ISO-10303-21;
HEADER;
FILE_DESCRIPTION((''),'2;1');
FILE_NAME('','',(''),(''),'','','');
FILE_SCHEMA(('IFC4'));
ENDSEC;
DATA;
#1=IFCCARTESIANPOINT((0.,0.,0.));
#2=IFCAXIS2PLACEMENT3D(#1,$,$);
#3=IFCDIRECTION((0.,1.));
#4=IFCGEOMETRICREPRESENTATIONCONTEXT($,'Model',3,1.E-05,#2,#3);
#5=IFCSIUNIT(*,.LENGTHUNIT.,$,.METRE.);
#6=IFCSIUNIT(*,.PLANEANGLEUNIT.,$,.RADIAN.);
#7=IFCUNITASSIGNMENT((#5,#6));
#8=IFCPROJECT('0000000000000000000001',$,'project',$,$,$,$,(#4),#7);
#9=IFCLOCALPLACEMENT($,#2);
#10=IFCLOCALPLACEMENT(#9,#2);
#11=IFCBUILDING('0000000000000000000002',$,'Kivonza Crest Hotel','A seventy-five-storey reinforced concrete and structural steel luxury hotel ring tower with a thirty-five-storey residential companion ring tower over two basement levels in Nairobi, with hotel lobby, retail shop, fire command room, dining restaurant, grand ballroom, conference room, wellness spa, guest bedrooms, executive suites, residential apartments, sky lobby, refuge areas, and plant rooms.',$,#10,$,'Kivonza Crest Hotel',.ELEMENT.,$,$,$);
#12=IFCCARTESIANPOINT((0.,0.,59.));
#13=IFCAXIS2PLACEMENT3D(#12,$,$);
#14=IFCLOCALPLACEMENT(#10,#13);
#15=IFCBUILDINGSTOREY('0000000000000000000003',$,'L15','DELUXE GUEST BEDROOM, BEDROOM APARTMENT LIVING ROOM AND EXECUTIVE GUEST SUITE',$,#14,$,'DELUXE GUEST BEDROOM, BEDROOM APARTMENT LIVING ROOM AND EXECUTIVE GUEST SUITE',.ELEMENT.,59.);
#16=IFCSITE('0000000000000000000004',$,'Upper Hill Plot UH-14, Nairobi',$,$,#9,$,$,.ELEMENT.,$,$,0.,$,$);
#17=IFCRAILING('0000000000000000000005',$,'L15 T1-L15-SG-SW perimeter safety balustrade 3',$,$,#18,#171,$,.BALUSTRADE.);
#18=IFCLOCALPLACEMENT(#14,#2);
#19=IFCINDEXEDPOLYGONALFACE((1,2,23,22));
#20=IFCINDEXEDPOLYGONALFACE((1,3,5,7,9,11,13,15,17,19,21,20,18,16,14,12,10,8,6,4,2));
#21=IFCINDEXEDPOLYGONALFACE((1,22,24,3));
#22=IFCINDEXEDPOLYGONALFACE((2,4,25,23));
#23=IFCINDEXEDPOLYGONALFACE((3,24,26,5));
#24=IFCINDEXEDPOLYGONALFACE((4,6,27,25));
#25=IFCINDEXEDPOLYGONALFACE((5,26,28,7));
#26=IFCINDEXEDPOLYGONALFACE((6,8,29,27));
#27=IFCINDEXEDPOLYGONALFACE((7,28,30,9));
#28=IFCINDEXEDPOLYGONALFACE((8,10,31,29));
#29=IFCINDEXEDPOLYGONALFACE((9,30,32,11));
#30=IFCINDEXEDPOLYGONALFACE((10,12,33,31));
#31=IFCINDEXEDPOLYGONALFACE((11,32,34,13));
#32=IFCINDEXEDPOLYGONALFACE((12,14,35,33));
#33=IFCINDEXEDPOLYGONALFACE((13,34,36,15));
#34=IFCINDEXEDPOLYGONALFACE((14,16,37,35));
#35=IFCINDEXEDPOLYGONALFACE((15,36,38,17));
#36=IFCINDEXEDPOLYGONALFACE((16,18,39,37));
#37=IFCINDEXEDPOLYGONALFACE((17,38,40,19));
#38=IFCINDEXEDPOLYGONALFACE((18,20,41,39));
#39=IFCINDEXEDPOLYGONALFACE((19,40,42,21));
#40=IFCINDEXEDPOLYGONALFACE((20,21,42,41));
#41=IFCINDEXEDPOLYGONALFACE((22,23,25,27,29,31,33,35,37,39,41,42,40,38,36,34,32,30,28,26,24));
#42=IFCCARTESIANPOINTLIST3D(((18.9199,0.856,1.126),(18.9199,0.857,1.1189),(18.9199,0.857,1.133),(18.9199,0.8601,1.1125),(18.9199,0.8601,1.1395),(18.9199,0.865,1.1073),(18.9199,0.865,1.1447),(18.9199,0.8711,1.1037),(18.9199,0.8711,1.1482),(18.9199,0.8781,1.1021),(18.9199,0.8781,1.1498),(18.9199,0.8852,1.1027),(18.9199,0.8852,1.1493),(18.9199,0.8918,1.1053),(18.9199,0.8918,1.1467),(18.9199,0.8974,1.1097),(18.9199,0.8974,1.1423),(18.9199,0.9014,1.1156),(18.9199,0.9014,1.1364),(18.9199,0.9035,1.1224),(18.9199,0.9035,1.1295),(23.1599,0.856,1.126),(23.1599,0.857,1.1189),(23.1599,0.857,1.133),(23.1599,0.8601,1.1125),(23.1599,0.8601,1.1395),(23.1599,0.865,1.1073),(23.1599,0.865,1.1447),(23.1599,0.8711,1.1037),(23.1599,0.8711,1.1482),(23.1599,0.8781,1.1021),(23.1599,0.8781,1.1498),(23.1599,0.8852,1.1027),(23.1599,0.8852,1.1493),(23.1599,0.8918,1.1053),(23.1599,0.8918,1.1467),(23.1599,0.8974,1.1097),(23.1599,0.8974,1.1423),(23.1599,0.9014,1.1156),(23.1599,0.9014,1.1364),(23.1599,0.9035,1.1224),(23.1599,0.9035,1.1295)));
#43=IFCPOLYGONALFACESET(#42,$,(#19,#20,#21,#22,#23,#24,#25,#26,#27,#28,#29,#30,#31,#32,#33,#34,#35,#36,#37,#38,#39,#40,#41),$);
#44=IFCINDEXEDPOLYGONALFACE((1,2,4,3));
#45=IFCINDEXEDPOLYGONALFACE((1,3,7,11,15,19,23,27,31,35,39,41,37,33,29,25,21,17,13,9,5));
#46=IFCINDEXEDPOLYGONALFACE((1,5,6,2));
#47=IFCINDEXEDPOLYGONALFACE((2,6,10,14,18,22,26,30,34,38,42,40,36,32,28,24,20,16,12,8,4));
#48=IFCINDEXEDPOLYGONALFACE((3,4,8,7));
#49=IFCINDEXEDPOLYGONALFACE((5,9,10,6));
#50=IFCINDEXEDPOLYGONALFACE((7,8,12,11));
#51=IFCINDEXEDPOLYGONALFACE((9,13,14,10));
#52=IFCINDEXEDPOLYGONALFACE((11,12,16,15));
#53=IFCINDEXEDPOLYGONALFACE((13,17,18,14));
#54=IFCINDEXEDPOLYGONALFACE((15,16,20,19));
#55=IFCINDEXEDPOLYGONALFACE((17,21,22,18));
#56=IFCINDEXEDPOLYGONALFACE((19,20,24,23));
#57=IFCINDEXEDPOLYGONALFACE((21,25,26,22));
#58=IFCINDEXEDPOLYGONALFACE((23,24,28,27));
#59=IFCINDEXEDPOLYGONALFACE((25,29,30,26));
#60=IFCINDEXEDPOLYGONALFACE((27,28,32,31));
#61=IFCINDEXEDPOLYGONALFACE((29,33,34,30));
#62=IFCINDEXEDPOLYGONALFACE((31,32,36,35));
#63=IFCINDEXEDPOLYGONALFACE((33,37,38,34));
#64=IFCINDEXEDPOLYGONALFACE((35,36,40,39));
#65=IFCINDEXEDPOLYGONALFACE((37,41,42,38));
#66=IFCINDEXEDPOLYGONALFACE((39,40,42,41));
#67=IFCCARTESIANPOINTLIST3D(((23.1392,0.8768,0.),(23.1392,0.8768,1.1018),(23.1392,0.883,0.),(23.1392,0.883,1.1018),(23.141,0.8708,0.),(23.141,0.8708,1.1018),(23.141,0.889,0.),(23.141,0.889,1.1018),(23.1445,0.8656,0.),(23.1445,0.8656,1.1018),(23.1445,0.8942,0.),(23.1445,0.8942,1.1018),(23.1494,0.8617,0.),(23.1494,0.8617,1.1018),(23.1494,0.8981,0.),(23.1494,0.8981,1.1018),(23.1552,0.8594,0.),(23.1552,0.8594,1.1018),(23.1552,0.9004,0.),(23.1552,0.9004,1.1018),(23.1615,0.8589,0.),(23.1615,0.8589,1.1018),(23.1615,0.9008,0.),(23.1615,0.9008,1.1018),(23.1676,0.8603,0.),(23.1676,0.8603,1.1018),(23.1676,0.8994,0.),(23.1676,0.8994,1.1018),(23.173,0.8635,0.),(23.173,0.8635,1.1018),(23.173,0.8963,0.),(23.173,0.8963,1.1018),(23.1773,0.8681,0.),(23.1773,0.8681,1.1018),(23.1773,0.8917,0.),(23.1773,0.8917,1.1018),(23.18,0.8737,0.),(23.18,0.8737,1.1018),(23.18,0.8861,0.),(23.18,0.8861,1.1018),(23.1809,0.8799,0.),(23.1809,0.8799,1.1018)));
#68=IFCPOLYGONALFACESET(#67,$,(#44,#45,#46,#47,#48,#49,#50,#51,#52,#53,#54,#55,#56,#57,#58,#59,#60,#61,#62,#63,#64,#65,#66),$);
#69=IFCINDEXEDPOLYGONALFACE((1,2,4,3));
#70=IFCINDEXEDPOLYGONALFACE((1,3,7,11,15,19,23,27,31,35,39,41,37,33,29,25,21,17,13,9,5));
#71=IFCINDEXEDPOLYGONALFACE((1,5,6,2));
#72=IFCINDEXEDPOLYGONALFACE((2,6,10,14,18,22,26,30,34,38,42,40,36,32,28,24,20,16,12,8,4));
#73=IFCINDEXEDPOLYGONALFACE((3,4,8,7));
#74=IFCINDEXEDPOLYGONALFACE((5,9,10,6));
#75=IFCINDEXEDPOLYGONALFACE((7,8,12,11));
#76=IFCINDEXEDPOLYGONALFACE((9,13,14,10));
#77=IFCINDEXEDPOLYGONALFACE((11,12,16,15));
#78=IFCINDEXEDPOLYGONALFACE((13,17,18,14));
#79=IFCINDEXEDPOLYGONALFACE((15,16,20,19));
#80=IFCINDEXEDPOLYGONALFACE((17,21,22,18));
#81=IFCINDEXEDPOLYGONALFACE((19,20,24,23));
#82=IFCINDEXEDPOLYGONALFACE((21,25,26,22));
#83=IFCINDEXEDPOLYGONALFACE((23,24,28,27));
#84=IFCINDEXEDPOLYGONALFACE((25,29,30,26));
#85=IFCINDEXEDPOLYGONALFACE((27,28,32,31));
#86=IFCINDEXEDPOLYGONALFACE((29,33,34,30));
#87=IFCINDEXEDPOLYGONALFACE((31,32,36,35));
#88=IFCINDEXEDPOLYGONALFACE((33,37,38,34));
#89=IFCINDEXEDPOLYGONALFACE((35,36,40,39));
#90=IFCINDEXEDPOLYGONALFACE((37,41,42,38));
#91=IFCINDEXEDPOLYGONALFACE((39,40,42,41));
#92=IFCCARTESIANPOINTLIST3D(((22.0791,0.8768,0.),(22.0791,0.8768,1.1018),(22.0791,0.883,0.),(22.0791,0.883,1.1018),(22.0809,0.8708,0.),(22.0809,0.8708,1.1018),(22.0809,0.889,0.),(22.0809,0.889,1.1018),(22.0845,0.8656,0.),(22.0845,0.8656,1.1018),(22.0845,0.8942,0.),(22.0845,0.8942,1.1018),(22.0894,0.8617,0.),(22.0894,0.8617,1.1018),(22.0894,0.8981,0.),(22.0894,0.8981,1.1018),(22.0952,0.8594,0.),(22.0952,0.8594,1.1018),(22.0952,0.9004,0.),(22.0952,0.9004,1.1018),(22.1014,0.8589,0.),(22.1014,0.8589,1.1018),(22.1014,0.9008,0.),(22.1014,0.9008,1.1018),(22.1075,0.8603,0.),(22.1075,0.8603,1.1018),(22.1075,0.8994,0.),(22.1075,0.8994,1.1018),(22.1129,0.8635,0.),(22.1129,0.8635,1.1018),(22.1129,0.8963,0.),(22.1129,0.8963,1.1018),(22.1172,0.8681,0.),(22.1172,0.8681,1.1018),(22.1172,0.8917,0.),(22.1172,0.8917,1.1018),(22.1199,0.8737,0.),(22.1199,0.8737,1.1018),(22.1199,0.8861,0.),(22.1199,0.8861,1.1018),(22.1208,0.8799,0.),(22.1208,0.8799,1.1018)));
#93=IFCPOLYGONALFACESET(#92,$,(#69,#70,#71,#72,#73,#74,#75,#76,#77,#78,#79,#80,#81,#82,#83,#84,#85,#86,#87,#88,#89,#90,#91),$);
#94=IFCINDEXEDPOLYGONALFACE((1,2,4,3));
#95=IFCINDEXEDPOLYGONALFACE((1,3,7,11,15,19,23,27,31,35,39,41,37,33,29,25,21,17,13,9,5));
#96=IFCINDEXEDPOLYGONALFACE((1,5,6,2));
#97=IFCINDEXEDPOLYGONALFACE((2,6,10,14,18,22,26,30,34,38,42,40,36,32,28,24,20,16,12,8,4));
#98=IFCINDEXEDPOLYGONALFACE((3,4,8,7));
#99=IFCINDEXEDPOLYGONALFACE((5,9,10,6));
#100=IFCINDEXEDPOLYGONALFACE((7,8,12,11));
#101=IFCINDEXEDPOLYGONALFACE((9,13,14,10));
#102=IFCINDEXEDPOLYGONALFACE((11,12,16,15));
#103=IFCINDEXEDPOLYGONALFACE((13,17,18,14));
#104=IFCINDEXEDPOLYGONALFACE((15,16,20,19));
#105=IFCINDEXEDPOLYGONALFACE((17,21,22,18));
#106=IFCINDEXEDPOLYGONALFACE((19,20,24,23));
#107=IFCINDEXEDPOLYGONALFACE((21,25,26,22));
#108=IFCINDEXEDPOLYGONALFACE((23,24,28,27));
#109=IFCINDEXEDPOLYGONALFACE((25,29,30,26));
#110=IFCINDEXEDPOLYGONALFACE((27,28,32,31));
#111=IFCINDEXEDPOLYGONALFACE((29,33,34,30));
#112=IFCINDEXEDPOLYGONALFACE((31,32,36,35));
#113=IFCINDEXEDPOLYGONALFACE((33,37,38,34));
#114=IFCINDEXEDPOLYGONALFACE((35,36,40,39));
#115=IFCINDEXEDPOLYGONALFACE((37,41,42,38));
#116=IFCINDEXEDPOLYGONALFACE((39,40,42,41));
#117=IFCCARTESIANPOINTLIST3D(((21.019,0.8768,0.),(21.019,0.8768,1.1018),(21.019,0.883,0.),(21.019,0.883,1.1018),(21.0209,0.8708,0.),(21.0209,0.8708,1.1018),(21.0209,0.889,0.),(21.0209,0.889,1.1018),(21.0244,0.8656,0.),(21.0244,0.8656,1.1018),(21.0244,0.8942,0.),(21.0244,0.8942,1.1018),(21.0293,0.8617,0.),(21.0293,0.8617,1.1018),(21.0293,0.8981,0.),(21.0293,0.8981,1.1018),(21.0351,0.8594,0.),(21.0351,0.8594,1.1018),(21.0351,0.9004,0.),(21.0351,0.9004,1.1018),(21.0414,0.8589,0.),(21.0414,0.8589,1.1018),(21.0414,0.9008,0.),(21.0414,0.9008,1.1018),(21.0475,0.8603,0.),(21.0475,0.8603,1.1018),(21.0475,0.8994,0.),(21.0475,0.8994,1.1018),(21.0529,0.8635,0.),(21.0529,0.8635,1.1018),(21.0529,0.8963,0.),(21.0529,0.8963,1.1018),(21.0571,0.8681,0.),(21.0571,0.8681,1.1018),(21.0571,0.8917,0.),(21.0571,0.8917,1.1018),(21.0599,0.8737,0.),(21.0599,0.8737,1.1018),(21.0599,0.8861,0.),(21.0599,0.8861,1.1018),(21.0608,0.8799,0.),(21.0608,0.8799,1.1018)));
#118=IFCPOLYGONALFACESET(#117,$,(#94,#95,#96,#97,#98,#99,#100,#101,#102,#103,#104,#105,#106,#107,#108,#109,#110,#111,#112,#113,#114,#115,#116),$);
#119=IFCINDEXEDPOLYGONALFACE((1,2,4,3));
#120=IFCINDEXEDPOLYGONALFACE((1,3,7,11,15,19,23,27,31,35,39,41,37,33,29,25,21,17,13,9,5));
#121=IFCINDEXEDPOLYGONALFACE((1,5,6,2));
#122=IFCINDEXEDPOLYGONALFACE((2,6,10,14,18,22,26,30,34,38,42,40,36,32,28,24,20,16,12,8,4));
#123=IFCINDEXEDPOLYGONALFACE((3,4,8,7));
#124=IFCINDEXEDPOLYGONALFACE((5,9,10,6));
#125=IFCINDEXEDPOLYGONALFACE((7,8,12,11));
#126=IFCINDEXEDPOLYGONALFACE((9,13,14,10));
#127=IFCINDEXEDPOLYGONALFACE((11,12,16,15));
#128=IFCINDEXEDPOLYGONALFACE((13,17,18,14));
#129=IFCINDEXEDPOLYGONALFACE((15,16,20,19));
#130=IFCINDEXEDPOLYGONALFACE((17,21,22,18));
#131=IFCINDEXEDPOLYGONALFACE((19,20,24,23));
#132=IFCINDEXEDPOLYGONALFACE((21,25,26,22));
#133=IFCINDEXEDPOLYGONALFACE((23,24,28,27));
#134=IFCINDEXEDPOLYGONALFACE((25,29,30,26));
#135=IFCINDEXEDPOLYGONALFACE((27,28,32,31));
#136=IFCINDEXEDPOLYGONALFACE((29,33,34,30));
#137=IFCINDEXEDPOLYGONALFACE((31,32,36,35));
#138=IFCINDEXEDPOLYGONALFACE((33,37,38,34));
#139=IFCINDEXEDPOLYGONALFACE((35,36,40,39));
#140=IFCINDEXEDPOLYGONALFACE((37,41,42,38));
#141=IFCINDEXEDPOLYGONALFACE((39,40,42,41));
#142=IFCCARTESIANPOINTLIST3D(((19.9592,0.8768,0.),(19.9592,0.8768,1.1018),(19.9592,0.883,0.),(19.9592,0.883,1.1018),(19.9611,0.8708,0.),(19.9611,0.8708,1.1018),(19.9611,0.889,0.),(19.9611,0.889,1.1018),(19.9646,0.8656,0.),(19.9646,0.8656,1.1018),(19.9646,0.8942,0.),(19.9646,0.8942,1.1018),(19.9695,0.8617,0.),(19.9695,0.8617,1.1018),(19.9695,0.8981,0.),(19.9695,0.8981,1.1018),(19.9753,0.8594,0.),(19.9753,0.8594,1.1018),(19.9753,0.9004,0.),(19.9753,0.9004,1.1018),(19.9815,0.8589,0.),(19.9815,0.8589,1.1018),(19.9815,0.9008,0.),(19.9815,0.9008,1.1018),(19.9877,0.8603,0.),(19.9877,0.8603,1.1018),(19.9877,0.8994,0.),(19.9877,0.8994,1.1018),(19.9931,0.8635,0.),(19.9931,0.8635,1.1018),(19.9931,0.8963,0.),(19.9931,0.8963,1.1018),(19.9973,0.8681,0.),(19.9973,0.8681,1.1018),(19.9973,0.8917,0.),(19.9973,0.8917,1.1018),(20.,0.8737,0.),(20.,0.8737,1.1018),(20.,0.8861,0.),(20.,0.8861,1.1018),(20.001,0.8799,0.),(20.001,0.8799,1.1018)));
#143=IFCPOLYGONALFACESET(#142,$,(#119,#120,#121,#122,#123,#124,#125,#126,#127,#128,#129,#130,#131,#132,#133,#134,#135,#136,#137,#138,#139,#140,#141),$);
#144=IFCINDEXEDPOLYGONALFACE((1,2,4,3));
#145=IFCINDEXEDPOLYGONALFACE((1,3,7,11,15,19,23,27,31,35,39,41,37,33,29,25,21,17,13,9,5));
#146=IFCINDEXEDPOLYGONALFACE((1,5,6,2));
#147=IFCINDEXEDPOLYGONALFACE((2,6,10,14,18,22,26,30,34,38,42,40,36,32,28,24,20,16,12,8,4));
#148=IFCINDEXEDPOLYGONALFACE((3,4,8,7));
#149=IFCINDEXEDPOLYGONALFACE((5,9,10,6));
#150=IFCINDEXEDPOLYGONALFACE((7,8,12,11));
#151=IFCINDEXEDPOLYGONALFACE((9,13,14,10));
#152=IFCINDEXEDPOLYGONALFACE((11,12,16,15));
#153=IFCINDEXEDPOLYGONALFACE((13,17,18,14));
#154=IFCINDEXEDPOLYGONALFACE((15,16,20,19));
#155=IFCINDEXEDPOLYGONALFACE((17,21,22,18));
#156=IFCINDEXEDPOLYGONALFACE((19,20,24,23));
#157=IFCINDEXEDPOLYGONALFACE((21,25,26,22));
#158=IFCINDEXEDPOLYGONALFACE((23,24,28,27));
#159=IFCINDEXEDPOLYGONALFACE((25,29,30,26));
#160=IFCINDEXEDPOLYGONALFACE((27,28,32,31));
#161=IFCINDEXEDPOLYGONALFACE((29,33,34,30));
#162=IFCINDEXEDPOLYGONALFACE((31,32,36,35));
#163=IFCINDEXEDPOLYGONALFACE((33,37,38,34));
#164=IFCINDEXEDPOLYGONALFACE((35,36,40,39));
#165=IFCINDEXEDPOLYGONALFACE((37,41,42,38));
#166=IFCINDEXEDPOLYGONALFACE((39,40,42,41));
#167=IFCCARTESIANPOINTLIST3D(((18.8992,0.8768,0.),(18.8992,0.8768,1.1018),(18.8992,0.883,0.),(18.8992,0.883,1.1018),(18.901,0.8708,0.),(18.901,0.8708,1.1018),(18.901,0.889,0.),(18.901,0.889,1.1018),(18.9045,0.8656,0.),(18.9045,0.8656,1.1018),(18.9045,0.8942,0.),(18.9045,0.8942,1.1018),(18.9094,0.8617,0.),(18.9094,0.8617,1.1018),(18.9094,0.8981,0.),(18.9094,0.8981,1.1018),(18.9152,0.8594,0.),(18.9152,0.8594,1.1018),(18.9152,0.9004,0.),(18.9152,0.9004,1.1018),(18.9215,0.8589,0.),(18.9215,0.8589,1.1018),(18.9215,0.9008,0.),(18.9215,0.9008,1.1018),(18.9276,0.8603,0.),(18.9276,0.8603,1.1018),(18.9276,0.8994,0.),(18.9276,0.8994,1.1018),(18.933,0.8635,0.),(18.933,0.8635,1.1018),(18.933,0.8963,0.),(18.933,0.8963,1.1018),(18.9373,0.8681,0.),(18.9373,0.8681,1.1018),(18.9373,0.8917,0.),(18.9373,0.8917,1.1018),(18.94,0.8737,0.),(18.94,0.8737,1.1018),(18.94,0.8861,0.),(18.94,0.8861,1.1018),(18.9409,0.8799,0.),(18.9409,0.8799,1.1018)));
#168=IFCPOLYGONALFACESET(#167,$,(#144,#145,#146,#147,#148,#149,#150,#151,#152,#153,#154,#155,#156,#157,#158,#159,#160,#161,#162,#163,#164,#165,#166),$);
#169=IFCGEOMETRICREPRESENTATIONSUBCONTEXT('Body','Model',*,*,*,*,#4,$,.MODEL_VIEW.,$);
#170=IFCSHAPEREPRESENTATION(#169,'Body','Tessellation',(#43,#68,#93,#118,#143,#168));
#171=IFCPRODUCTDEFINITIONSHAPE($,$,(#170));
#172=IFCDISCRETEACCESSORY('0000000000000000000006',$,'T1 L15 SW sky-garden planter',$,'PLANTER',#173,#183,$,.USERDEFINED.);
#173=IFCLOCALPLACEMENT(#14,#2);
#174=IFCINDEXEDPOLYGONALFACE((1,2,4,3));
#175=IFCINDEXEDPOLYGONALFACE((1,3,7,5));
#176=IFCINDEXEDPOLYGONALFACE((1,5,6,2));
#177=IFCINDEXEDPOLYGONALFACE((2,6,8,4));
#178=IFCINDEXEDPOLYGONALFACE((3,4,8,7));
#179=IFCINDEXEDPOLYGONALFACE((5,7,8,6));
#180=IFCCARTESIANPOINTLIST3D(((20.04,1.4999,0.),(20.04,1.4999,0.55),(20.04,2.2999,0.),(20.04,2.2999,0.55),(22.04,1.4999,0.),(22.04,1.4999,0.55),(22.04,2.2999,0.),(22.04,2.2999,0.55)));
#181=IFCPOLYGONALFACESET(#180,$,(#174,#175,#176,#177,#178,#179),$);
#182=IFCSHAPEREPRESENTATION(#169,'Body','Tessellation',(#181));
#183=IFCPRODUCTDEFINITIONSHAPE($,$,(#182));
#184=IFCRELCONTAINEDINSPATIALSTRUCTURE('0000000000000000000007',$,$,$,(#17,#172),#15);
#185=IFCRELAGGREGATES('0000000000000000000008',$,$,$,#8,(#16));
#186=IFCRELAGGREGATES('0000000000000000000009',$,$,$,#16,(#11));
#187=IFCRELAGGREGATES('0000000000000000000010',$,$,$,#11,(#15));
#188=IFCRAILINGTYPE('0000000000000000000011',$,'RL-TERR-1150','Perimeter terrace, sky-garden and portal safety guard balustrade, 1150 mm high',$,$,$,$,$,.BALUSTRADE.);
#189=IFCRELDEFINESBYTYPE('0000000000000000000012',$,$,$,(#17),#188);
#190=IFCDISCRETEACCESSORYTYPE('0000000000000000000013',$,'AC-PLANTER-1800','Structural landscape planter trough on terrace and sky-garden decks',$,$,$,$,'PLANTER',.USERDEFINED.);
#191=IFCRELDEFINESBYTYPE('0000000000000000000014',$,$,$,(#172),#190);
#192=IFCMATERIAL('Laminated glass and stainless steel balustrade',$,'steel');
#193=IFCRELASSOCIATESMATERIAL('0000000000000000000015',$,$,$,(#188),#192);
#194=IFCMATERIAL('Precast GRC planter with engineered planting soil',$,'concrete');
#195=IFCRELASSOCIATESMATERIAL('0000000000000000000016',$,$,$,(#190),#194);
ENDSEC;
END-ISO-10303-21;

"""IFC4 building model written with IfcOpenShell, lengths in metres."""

from ifc_helpers import new_model, si_unit, direction, frame, origin, origin_2d, place, context, subcontext, project, spatial, rectangle, circle, extrude, material, type_object, element, save


model = new_model("IFC4")

# Units and contexts
model_context = context("Model", 3, precision=1e-05, world=origin(), true_north=direction((0.0, 1.0)))
body_context = subcontext(model_context, "Body", "Model", "MODEL_VIEW")
ifc_project = project(units=[si_unit("LENGTHUNIT", "METRE"), si_unit("PLANEANGLEUNIT", "RADIAN")], contexts=[model_context])

# Site, building, storey
site_placement = place(None, origin())
site = spatial("IfcSite", under=ifc_project, at=site_placement, Name="Upper Hill Plot UH-14, Nairobi", CompositionType="ELEMENT", RefElevation=0.0)
building_placement = place(site_placement, origin())
building = spatial("IfcBuilding", under=site, at=building_placement, Name="Kivonza Crest Hotel", Description="A seventy-five-storey reinforced concrete and structural steel luxury hotel ring tower with a thirty-five-storey residential companion ring tower over two basement levels in Nairobi, with hotel lobby, retail shop, fire command room, dining restaurant, grand ballroom, conference room, wellness spa, guest bedrooms, executive suites, residential apartments, sky lobby, refuge areas, and plant rooms.", LongName="Kivonza Crest Hotel", CompositionType="ELEMENT")
storey_placement = place(building_placement, frame((0.0, 0.0, 59.0)))
storey = spatial("IfcBuildingStorey", under=building, at=storey_placement, Name="L15", Description="DELUXE GUEST BEDROOM, BEDROOM APARTMENT LIVING ROOM AND EXECUTIVE GUEST SUITE", LongName="DELUXE GUEST BEDROOM, BEDROOM APARTMENT LIVING ROOM AND EXECUTIVE GUEST SUITE", CompositionType="ELEMENT", Elevation=59.0)

# Railing
ifc_material_1 = material(Name="Laminated glass and stainless steel balustrade", Category="steel")
railing_type = type_object("IfcRailingType", Name="RL-TERR-1150", Description="Perimeter terrace, sky-garden and portal safety guard balustrade, 1150 mm high", PredefinedType="BALUSTRADE", material=ifc_material_1)
railing_1_placement = place(storey_placement, frame((23.1599, 0.8799, 0.0)))
element("IfcRailing", 1, at=railing_1_placement, inside=storey, type_object=railing_type, Name="L15 T1-L15-SG-SW perimeter safety balustrade 3", PredefinedType="BALUSTRADE", context=body_context, shape_type="SweptSolid", body=[
    extrude(circle(Radius=0.0239, at=origin_2d()), frame((0.0, 0.0, 1.126), z_axis=(-1.0, 0.0, 0.0), x_axis=(0.0, -1.0, 0.0)), (0.0, 0.0, 1.0), 4.24),
    extrude(circle(Radius=0.021, at=origin_2d()), origin(), (0.0, 0.0, 1.0), 1.1018),
    extrude(circle(Radius=0.021, at=origin_2d()), frame((-1.0601, 0.0, 0.0)), (0.0, 0.0, 1.0), 1.1018),
    extrude(circle(Radius=0.021, at=origin_2d()), frame((-2.1201, 0.0, 0.0)), (0.0, 0.0, 1.0), 1.1018),
    extrude(circle(Radius=0.021, at=origin_2d()), frame((-3.1799, 0.0, 0.0)), (0.0, 0.0, 1.0), 1.1018),
    extrude(circle(Radius=0.021, at=origin_2d()), frame((-4.24, 0.0, 0.0)), (0.0, 0.0, 1.0), 1.1018),
])

# Discrete accessory
ifc_material_2 = material(Name="Precast GRC planter with engineered planting soil", Category="concrete")
discrete_accessory_type = type_object("IfcDiscreteAccessoryType", Name="AC-PLANTER-1800", Description="Structural landscape planter trough on terrace and sky-garden decks", ElementType="PLANTER", PredefinedType="USERDEFINED", material=ifc_material_2)
discrete_accessory_placement = place(storey_placement, frame((21.04, 1.8999, 0.0), z_axis=(0.0, 0.0, 1.0), x_axis=(1.0, 0.0, 0.0)))
element("IfcDiscreteAccessory", 2, at=discrete_accessory_placement, inside=storey, type_object=discrete_accessory_type, Name="T1 L15 SW sky-garden planter", ObjectType="PLANTER", PredefinedType="USERDEFINED", context=body_context, shape_type="SweptSolid", body=[
    extrude(rectangle(XDim=2.0, YDim=0.8, at=origin_2d()), origin(), (0.0, 0.0, 1.0), 0.55),
])

save(model, "model.ifc")
